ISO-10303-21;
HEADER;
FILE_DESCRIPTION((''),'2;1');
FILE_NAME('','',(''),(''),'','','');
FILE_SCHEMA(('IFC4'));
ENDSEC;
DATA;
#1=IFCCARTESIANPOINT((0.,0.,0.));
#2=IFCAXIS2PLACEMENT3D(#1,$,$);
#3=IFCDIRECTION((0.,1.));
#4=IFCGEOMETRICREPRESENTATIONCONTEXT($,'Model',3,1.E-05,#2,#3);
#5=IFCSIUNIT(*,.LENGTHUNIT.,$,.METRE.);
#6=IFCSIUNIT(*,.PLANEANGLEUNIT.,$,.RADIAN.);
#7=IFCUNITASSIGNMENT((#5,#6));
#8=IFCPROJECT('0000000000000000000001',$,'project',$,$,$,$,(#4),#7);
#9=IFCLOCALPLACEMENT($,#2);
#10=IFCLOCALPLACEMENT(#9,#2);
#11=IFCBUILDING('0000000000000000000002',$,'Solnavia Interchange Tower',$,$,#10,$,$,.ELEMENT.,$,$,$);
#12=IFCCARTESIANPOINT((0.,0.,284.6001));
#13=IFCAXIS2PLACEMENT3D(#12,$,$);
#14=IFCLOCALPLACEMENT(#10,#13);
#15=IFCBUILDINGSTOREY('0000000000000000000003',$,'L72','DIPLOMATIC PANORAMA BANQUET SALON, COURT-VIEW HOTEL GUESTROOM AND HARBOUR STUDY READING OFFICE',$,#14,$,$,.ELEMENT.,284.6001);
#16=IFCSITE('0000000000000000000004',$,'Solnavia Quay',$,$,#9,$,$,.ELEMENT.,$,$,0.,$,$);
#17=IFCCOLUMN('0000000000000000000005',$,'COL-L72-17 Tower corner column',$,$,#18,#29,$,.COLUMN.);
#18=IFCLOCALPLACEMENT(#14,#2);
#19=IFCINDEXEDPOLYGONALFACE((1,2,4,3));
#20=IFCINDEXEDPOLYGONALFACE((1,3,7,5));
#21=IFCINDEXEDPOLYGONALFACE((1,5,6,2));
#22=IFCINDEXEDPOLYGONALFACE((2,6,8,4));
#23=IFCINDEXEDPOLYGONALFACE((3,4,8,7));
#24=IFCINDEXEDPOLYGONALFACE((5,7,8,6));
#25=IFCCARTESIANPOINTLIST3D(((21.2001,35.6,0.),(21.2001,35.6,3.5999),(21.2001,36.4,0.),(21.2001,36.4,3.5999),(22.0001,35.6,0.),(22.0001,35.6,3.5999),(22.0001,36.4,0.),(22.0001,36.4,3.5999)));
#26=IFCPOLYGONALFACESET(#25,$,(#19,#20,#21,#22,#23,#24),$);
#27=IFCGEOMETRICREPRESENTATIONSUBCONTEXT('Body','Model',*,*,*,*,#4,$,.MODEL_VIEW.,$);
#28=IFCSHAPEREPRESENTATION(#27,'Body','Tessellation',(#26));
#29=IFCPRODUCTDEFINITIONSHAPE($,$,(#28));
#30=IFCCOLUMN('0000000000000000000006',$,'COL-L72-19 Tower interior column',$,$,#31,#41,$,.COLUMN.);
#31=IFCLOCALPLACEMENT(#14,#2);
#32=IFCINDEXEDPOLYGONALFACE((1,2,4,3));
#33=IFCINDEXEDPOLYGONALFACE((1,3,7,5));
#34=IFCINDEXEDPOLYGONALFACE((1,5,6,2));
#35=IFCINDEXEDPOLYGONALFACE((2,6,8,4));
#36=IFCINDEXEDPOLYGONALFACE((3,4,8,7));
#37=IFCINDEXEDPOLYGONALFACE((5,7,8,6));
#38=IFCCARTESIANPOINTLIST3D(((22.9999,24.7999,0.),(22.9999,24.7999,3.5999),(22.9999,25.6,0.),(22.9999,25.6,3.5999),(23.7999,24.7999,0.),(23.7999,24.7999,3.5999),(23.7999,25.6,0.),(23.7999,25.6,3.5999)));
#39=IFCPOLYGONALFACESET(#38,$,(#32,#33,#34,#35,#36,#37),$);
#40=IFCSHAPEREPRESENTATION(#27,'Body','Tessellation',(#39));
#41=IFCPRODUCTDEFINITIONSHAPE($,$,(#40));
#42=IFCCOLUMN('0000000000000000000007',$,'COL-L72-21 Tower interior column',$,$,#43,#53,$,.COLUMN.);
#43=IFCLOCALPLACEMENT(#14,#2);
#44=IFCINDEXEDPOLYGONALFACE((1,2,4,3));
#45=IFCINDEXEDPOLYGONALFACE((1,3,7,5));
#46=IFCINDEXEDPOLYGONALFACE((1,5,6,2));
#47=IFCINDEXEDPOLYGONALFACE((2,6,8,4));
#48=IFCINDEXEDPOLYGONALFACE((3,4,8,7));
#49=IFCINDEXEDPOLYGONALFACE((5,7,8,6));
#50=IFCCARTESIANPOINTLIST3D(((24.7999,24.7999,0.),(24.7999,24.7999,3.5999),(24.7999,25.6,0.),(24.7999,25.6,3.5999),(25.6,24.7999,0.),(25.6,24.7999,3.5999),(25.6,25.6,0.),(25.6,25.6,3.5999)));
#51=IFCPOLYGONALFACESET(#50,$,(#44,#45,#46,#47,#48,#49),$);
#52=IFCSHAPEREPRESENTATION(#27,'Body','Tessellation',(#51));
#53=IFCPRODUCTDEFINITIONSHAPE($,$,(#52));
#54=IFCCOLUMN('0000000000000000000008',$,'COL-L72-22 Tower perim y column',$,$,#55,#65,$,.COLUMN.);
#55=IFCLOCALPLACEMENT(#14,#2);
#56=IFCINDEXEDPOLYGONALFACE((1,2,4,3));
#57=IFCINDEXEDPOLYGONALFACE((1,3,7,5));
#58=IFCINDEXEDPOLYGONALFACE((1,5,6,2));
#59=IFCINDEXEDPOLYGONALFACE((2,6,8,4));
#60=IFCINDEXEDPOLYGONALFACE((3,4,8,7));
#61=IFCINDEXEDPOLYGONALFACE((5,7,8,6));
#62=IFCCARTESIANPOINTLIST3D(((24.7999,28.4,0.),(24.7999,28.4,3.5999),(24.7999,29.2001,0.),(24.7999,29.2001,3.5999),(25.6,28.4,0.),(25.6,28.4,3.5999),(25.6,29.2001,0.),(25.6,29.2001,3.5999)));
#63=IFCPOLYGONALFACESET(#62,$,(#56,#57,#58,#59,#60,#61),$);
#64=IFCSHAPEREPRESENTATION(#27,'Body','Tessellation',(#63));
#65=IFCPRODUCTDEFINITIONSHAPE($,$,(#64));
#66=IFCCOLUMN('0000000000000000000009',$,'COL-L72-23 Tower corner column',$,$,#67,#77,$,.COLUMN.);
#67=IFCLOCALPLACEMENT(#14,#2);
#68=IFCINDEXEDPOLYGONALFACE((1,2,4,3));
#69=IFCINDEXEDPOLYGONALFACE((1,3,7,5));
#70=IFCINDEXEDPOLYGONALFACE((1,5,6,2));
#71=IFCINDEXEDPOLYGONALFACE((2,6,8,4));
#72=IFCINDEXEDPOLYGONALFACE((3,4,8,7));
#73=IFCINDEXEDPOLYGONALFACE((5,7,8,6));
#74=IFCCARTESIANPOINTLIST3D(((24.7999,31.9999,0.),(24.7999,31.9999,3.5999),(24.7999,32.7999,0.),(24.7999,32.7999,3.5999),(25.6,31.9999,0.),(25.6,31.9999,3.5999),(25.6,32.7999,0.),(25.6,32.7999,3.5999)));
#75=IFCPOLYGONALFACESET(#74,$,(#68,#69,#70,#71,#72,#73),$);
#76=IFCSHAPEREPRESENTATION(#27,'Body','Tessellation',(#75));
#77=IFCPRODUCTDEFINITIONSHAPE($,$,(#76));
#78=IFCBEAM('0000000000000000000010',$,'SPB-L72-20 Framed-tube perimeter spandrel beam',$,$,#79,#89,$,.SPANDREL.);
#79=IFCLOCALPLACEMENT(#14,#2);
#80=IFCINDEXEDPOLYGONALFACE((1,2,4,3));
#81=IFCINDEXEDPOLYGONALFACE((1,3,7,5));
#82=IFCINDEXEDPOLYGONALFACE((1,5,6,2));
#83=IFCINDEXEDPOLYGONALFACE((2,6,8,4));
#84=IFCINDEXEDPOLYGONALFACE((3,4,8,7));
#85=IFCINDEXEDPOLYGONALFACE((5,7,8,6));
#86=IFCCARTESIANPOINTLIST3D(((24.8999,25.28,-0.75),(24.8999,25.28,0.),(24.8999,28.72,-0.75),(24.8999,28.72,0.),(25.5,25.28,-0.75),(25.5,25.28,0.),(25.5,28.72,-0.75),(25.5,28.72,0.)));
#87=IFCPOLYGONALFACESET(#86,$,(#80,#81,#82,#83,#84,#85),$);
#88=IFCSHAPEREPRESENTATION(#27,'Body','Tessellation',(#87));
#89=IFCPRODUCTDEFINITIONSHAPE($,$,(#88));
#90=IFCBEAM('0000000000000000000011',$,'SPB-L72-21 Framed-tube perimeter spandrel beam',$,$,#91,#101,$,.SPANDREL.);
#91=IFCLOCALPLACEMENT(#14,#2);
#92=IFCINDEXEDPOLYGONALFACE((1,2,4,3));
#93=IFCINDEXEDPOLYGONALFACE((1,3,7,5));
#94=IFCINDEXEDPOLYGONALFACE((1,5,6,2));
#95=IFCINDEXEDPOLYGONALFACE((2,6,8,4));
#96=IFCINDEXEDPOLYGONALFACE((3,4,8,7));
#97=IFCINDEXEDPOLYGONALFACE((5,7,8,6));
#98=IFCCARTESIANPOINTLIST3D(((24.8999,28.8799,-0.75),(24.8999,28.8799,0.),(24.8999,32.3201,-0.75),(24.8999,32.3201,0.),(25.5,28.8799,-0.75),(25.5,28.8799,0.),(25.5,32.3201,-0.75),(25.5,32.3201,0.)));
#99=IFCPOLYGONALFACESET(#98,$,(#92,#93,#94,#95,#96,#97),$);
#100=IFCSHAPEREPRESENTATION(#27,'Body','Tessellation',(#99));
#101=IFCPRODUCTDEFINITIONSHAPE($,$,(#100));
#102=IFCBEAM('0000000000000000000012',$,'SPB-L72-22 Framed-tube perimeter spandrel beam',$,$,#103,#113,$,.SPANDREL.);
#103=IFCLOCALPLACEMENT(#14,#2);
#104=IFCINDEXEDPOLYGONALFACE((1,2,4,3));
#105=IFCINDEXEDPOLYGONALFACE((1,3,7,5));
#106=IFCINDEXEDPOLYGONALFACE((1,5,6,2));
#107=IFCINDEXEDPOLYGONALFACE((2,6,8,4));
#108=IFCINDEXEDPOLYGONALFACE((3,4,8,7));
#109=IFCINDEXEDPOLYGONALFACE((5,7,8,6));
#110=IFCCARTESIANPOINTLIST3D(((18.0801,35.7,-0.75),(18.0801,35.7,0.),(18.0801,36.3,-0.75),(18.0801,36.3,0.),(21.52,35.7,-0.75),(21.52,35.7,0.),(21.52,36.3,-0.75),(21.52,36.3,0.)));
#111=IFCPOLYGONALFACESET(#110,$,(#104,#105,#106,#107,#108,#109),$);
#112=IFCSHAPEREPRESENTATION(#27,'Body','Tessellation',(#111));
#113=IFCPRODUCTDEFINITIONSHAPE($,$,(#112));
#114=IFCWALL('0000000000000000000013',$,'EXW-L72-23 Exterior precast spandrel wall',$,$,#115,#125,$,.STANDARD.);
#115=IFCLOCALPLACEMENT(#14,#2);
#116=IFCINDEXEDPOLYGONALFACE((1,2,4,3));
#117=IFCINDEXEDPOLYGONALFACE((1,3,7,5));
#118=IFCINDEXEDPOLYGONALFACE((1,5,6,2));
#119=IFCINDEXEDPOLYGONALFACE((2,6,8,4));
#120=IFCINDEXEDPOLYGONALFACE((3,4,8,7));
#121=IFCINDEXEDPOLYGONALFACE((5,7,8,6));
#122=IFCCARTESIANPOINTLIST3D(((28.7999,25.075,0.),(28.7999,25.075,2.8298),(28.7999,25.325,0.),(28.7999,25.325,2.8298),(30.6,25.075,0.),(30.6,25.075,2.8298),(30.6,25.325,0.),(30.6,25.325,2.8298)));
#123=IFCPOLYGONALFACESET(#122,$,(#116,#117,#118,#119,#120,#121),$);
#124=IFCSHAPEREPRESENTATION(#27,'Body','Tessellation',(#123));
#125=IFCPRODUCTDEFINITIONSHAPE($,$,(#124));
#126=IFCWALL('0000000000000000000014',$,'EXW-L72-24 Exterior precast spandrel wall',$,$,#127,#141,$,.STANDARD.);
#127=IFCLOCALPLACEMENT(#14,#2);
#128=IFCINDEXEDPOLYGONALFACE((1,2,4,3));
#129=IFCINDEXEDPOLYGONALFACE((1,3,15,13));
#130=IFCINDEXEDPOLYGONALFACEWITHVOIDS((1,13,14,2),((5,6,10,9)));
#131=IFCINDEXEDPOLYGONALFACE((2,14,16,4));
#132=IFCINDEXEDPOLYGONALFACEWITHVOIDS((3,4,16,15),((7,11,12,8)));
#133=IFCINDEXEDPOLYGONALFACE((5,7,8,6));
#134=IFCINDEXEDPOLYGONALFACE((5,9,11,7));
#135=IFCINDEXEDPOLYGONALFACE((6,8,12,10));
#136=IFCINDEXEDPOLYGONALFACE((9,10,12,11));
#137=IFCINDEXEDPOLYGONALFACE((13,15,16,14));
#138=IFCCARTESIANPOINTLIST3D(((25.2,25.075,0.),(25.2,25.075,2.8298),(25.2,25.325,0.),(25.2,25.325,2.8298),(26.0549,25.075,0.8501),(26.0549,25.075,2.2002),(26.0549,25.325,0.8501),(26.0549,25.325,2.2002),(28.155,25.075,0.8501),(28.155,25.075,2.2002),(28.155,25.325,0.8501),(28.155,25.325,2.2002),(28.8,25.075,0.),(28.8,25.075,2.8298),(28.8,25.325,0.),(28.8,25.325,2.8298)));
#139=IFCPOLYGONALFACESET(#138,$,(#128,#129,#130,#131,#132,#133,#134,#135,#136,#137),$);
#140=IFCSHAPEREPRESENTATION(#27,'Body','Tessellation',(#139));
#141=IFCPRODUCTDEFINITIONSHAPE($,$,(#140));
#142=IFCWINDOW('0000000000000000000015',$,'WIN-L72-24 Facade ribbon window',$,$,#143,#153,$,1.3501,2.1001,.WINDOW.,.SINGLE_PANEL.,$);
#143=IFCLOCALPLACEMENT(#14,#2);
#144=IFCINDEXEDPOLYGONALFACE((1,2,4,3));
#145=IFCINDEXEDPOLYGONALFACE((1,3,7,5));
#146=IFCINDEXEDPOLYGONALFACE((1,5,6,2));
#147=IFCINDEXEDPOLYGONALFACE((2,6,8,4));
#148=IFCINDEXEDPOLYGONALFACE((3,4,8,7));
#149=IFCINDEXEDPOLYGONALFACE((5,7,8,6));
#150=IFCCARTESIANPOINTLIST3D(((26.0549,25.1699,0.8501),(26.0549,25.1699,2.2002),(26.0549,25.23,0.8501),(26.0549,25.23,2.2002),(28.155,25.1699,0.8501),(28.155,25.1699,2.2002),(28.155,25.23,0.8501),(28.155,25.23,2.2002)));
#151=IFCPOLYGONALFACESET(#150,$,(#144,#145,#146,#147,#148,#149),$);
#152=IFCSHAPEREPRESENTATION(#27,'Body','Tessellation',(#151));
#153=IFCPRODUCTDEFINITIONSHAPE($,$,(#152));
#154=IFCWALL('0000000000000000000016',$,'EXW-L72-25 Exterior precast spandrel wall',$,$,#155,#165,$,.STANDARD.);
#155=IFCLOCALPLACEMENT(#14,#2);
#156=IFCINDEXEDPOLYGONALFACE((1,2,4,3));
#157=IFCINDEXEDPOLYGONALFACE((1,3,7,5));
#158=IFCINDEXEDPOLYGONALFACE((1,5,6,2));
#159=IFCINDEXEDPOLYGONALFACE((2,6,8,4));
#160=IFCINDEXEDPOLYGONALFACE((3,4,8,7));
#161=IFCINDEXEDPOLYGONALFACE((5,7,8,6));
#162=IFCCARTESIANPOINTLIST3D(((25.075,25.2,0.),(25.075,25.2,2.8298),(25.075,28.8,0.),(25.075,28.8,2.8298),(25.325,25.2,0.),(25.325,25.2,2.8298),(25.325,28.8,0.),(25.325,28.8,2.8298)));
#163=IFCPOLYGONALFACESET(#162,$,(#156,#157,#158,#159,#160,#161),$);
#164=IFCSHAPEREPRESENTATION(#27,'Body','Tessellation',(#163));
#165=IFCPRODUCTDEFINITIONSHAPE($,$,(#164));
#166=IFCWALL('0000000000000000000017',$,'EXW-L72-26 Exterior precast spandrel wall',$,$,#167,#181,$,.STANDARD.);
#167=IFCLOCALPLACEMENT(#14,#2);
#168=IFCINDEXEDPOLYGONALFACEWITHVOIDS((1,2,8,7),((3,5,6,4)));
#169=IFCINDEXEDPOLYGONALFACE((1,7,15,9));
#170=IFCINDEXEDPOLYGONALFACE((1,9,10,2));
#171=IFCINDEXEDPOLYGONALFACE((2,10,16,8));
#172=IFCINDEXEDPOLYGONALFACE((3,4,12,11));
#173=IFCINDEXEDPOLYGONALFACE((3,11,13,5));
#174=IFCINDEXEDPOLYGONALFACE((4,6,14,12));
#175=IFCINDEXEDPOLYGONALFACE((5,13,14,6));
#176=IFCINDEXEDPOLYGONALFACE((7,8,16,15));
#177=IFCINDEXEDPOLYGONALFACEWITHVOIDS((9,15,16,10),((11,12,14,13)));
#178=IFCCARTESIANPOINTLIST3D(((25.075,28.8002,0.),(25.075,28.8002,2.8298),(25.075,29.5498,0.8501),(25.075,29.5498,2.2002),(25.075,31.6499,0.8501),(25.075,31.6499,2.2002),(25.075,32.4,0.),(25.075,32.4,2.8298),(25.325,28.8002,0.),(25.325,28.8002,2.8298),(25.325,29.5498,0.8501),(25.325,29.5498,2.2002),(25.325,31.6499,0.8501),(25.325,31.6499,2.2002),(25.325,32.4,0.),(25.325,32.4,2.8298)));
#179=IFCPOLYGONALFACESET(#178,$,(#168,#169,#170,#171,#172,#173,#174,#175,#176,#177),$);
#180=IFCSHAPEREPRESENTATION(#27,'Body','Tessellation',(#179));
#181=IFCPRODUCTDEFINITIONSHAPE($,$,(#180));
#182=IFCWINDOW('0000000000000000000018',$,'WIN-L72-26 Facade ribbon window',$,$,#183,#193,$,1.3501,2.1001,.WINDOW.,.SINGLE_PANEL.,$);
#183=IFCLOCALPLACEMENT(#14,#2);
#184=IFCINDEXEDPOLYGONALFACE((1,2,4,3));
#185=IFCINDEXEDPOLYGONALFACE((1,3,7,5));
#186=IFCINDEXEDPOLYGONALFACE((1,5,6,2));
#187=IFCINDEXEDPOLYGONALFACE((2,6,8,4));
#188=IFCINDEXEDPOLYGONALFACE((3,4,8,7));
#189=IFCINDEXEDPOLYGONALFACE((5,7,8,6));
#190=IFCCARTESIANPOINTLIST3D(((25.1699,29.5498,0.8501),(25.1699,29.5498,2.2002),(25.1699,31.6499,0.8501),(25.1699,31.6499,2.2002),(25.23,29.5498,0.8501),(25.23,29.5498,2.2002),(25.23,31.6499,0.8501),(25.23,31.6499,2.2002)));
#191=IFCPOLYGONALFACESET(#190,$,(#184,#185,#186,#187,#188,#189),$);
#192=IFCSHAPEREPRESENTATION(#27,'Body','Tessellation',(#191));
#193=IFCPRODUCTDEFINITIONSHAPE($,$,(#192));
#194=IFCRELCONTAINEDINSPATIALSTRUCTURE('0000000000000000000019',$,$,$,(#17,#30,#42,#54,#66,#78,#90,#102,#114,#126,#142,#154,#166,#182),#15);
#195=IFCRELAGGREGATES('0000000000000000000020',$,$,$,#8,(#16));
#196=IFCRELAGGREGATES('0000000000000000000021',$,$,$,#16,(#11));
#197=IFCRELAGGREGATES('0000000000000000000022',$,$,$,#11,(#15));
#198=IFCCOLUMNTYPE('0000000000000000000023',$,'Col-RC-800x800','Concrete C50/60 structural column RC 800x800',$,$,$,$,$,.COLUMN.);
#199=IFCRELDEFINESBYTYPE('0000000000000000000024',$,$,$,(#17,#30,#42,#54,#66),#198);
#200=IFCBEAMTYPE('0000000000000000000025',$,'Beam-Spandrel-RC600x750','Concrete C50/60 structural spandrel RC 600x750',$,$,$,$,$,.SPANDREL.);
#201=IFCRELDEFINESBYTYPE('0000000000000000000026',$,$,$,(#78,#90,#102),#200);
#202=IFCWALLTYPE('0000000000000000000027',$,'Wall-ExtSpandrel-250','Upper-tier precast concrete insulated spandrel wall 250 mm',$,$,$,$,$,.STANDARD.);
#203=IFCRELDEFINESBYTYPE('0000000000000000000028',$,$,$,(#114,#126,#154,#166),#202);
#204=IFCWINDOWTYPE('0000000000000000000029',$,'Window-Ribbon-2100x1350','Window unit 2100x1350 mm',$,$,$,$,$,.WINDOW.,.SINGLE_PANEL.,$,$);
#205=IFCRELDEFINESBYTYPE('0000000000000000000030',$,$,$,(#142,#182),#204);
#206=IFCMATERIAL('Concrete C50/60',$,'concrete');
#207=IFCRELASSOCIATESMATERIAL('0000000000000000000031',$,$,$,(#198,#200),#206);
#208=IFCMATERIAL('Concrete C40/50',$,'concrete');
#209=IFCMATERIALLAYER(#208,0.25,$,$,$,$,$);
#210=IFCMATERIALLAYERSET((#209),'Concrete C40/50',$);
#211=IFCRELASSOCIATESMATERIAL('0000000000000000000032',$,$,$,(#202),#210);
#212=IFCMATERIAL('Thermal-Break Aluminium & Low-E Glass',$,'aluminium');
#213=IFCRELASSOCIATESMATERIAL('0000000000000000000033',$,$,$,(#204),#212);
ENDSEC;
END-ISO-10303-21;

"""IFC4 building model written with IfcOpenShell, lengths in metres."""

from ifc_helpers import new_model, si_unit, direction, frame, frame_2d, origin, origin_2d, place, context, subcontext, project, spatial, rectangle, extrude, material, layer, layer_set, material_profile, profile_set, type_object, element, fill, save


model = new_model("IFC4")

# Units and contexts
model_context = context("Model", 3, precision=1e-05, world=origin(), true_north=direction((0.0, 1.0)))
body_context = subcontext(model_context, "Body", "Model", "MODEL_VIEW")
ifc_project = project(units=[si_unit("LENGTHUNIT", "METRE"), si_unit("PLANEANGLEUNIT", "RADIAN")], contexts=[model_context])

# Site, building, storey
site_placement = place(None, origin())
site = spatial("IfcSite", under=ifc_project, at=site_placement, Name="Solnavia Quay", CompositionType="ELEMENT", RefElevation=0.0)
building_placement = place(site_placement, origin())
building = spatial("IfcBuilding", under=site, at=building_placement, Name="Solnavia Interchange Tower", CompositionType="ELEMENT")
storey_placement = place(building_placement, frame((0.0, 0.0, 284.6001)))
storey = spatial("IfcBuildingStorey", under=building, at=storey_placement, Name="L72", Description="DIPLOMATIC PANORAMA BANQUET SALON, COURT-VIEW HOTEL GUESTROOM AND HARBOUR STUDY READING OFFICE", CompositionType="ELEMENT", Elevation=284.6001)

# Columns
ifc_material_1 = material(Name="Concrete C50/60", Category="concrete")
ifc_material_profile_1 = material_profile(ifc_material_1, rectangle(XDim=0.8, YDim=0.8, at=origin_2d()), Name="RC 800x800")
ifc_profile_set_1 = profile_set([ifc_material_profile_1], Name="Concrete C50/60")
column_type = type_object("IfcColumnType", Name="Col-RC-800x800", Description="Concrete C50/60 structural column RC 800x800", PredefinedType="COLUMN", material=ifc_profile_set_1)
for number, where, z_axis, x_axis, name in (
    (1, (21.6001, 36.0, 0.0), (0.0, 0.0, 1.0), (1.0, 0.0, 0.0), "COL-L72-17 Tower corner column"),
    (2, (23.3999, 25.2, 0.0), (0.0, 0.0, 1.0), (1.0, 0.0, 0.0), "COL-L72-19 Tower interior column"),
    (3, (25.2, 25.2, 0.0), (0.0, 0.0, 1.0), (1.0, 0.0, 0.0), "COL-L72-21 Tower interior column"),
    (4, (25.2, 28.8, 0.0), (0.0, 0.0, 1.0), (0.0, 1.0, 0.0), "COL-L72-22 Tower perim y column"),
    (5, (25.2, 32.3999, 0.0), (0.0, 0.0, 1.0), (0.0, 1.0, 0.0), "COL-L72-23 Tower corner column"),
):
    element("IfcColumn", number, at=place(storey_placement, frame(where, z_axis=z_axis, x_axis=x_axis)), inside=storey, type_object=column_type, Name=name, PredefinedType="COLUMN", context=body_context, shape_type="SweptSolid", body=[
        extrude(rectangle(XDim=0.8, YDim=0.8, at=origin_2d()), origin(), (0.0, 0.0, 1.0), 3.5999),
    ])

# Beams
ifc_material_profile_2 = material_profile(ifc_material_1, rectangle(XDim=0.6001, YDim=0.75, at=origin_2d()), Name="RC 600x750")
ifc_profile_set_2 = profile_set([ifc_material_profile_2], Name="Concrete C50/60")
beam_type = type_object("IfcBeamType", Name="Beam-Spandrel-RC600x750", Description="Concrete C50/60 structural spandrel RC 600x750", PredefinedType="SPANDREL", material=ifc_profile_set_2)
beam_1_placement = place(storey_placement, frame((25.2, 25.28, -0.375), z_axis=(0.0, 1.0, 0.0), x_axis=(-1.0, 0.0, 0.0)))
element("IfcBeam", 6, at=beam_1_placement, inside=storey, type_object=beam_type, Name="SPB-L72-20 Framed-tube perimeter spandrel beam", PredefinedType="SPANDREL", context=body_context, shape_type="SweptSolid", body=[
    extrude(rectangle(XDim=0.6001, YDim=0.75, at=origin_2d()), origin(), (0.0, 0.0, 1.0), 3.4399),
])
beam_2_placement = place(storey_placement, frame((25.2, 28.8799, -0.375), z_axis=(0.0, 1.0, 0.0), x_axis=(-1.0, 0.0, 0.0)))
element("IfcBeam", 7, at=beam_2_placement, inside=storey, type_object=beam_type, Name="SPB-L72-21 Framed-tube perimeter spandrel beam", PredefinedType="SPANDREL", context=body_context, shape_type="SweptSolid", body=[
    extrude(rectangle(XDim=0.6001, YDim=0.75, at=origin_2d()), origin(), (0.0, 0.0, 1.0), 3.4402),
])
beam_3_placement = place(storey_placement, frame((21.52, 36.0, -0.375), z_axis=(-1.0, 0.0, 0.0), x_axis=(0.0, -1.0, 0.0)))
element("IfcBeam", 8, at=beam_3_placement, inside=storey, type_object=beam_type, Name="SPB-L72-22 Framed-tube perimeter spandrel beam", PredefinedType="SPANDREL", context=body_context, shape_type="SweptSolid", body=[
    extrude(rectangle(XDim=0.6001, YDim=0.75, at=origin_2d()), origin(), (0.0, 0.0, 1.0), 3.4399),
])

# Wall
ifc_material_2 = material(Name="Concrete C40/50", Category="concrete")
ifc_layer = layer(ifc_material_2, 0.25)
ifc_layer_set = layer_set([ifc_layer], Name="Concrete C40/50")
wall_type = type_object("IfcWallType", Name="Wall-ExtSpandrel-250", Description="Upper-tier precast concrete insulated spandrel wall 250 mm", PredefinedType="STANDARD", material=ifc_layer_set)
wall_1_placement = place(storey_placement, frame((28.8, 25.2, 0.0), z_axis=(0.0, 0.0, 1.0), x_axis=(1.0, 0.0, 0.0)))
element("IfcWall", 9, at=wall_1_placement, inside=storey, type_object=wall_type, Name="EXW-L72-23 Exterior precast spandrel wall", PredefinedType="STANDARD", context=body_context, shape_type="SweptSolid", body=[
    extrude(rectangle(XDim=1.8, YDim=0.25, at=frame_2d((0.8999, 0.0))), origin(), (0.0, 0.0, 1.0), 2.8298),
])

# Wall, opening, window
wall_2_placement = place(storey_placement, frame((25.2, 25.2, 0.0), z_axis=(0.0, 0.0, 1.0), x_axis=(1.0, 0.0, 0.0)))
wall_2 = element("IfcWall", 10, at=wall_2_placement, inside=storey, type_object=wall_type, Name="EXW-L72-24 Exterior precast spandrel wall", PredefinedType="STANDARD", context=body_context, shape_type="SweptSolid", body=[
    extrude(rectangle(XDim=3.6001, YDim=0.25, at=frame_2d((1.8, 0.0))), origin(), (0.0, 0.0, 1.0), 2.8298),
])
opening_1_placement = place(wall_2_placement, frame((0.855, 0.0, 0.8501)))
opening_1 = element("IfcOpeningElement", 11, at=opening_1_placement, cuts=wall_2, PredefinedType="OPENING", context=body_context, shape_type="SweptSolid", body=[
    extrude(rectangle(XDim=2.1001, YDim=1.3501, at=frame_2d((1.05, 0.675))), frame((0.0, 0.135, 0.0), z_axis=(0.0, -1.0, 0.0), x_axis=(1.0, 0.0, 0.0)), (0.0, 0.0, 1.0), 0.27),
])
ifc_material_3 = material(Name="Thermal-Break Aluminium & Low-E Glass", Category="aluminium")
window_type = type_object("IfcWindowType", Name="Window-Ribbon-2100x1350", Description="Window unit 2100x1350 mm", PartitioningType="SINGLE_PANEL", PredefinedType="WINDOW", material=ifc_material_3)
window_1_placement = place(opening_1_placement, origin())
window_1 = element("IfcWindow", 12, at=window_1_placement, inside=storey, type_object=window_type, Name="WIN-L72-24 Facade ribbon window", OverallHeight=1.3501, OverallWidth=2.1001, PartitioningType="SINGLE_PANEL", PredefinedType="WINDOW", context=body_context, shape_type="SweptSolid", body=[
    extrude(rectangle(XDim=2.1001, YDim=1.3501, at=frame_2d((1.05, 0.675))), frame((0.0, 0.03, 0.0), z_axis=(0.0, -1.0, 0.0), x_axis=(1.0, 0.0, 0.0)), (0.0, 0.0, 1.0), 0.0601),
])
fill(opening_1, window_1)

# Wall
wall_3_placement = place(storey_placement, frame((25.2, 28.8, 0.0), z_axis=(0.0, 0.0, 1.0), x_axis=(0.0, -1.0, 0.0)))
element("IfcWall", 13, at=wall_3_placement, inside=storey, type_object=wall_type, Name="EXW-L72-25 Exterior precast spandrel wall", PredefinedType="STANDARD", context=body_context, shape_type="SweptSolid", body=[
    extrude(rectangle(XDim=3.6001, YDim=0.25, at=frame_2d((1.8, 0.0))), origin(), (0.0, 0.0, 1.0), 2.8298),
])

# Wall, opening, window
wall_4_placement = place(storey_placement, frame((25.2, 32.3999, 0.0), z_axis=(0.0, 0.0, 1.0), x_axis=(0.0, -1.0, 0.0)))
wall_4 = element("IfcWall", 14, at=wall_4_placement, inside=storey, type_object=wall_type, Name="EXW-L72-26 Exterior precast spandrel wall", PredefinedType="STANDARD", context=body_context, shape_type="SweptSolid", body=[
    extrude(rectangle(XDim=3.5999, YDim=0.25, at=frame_2d((1.7998, 0.0))), origin(), (0.0, 0.0, 1.0), 2.8298),
])
opening_2_placement = place(wall_4_placement, frame((0.75, 0.0, 0.8501)))
opening_2 = element("IfcOpeningElement", 15, at=opening_2_placement, cuts=wall_4, PredefinedType="OPENING", context=body_context, shape_type="SweptSolid", body=[
    extrude(rectangle(XDim=2.1001, YDim=1.3501, at=frame_2d((1.05, 0.675))), frame((0.0, 0.135, 0.0), z_axis=(0.0, -1.0, 0.0), x_axis=(1.0, 0.0, 0.0)), (0.0, 0.0, 1.0), 0.27),
])
window_2_placement = place(opening_2_placement, origin())
window_2 = element("IfcWindow", 16, at=window_2_placement, inside=storey, type_object=window_type, Name="WIN-L72-26 Facade ribbon window", OverallHeight=1.3501, OverallWidth=2.1001, PartitioningType="SINGLE_PANEL", PredefinedType="WINDOW", context=body_context, shape_type="SweptSolid", body=[
    extrude(rectangle(XDim=2.1001, YDim=1.3501, at=frame_2d((1.05, 0.675))), frame((0.0, 0.03, 0.0), z_axis=(0.0, -1.0, 0.0), x_axis=(1.0, 0.0, 0.0)), (0.0, 0.0, 1.0), 0.0601),
])
fill(opening_2, window_2)

save(model, "model.ifc")
